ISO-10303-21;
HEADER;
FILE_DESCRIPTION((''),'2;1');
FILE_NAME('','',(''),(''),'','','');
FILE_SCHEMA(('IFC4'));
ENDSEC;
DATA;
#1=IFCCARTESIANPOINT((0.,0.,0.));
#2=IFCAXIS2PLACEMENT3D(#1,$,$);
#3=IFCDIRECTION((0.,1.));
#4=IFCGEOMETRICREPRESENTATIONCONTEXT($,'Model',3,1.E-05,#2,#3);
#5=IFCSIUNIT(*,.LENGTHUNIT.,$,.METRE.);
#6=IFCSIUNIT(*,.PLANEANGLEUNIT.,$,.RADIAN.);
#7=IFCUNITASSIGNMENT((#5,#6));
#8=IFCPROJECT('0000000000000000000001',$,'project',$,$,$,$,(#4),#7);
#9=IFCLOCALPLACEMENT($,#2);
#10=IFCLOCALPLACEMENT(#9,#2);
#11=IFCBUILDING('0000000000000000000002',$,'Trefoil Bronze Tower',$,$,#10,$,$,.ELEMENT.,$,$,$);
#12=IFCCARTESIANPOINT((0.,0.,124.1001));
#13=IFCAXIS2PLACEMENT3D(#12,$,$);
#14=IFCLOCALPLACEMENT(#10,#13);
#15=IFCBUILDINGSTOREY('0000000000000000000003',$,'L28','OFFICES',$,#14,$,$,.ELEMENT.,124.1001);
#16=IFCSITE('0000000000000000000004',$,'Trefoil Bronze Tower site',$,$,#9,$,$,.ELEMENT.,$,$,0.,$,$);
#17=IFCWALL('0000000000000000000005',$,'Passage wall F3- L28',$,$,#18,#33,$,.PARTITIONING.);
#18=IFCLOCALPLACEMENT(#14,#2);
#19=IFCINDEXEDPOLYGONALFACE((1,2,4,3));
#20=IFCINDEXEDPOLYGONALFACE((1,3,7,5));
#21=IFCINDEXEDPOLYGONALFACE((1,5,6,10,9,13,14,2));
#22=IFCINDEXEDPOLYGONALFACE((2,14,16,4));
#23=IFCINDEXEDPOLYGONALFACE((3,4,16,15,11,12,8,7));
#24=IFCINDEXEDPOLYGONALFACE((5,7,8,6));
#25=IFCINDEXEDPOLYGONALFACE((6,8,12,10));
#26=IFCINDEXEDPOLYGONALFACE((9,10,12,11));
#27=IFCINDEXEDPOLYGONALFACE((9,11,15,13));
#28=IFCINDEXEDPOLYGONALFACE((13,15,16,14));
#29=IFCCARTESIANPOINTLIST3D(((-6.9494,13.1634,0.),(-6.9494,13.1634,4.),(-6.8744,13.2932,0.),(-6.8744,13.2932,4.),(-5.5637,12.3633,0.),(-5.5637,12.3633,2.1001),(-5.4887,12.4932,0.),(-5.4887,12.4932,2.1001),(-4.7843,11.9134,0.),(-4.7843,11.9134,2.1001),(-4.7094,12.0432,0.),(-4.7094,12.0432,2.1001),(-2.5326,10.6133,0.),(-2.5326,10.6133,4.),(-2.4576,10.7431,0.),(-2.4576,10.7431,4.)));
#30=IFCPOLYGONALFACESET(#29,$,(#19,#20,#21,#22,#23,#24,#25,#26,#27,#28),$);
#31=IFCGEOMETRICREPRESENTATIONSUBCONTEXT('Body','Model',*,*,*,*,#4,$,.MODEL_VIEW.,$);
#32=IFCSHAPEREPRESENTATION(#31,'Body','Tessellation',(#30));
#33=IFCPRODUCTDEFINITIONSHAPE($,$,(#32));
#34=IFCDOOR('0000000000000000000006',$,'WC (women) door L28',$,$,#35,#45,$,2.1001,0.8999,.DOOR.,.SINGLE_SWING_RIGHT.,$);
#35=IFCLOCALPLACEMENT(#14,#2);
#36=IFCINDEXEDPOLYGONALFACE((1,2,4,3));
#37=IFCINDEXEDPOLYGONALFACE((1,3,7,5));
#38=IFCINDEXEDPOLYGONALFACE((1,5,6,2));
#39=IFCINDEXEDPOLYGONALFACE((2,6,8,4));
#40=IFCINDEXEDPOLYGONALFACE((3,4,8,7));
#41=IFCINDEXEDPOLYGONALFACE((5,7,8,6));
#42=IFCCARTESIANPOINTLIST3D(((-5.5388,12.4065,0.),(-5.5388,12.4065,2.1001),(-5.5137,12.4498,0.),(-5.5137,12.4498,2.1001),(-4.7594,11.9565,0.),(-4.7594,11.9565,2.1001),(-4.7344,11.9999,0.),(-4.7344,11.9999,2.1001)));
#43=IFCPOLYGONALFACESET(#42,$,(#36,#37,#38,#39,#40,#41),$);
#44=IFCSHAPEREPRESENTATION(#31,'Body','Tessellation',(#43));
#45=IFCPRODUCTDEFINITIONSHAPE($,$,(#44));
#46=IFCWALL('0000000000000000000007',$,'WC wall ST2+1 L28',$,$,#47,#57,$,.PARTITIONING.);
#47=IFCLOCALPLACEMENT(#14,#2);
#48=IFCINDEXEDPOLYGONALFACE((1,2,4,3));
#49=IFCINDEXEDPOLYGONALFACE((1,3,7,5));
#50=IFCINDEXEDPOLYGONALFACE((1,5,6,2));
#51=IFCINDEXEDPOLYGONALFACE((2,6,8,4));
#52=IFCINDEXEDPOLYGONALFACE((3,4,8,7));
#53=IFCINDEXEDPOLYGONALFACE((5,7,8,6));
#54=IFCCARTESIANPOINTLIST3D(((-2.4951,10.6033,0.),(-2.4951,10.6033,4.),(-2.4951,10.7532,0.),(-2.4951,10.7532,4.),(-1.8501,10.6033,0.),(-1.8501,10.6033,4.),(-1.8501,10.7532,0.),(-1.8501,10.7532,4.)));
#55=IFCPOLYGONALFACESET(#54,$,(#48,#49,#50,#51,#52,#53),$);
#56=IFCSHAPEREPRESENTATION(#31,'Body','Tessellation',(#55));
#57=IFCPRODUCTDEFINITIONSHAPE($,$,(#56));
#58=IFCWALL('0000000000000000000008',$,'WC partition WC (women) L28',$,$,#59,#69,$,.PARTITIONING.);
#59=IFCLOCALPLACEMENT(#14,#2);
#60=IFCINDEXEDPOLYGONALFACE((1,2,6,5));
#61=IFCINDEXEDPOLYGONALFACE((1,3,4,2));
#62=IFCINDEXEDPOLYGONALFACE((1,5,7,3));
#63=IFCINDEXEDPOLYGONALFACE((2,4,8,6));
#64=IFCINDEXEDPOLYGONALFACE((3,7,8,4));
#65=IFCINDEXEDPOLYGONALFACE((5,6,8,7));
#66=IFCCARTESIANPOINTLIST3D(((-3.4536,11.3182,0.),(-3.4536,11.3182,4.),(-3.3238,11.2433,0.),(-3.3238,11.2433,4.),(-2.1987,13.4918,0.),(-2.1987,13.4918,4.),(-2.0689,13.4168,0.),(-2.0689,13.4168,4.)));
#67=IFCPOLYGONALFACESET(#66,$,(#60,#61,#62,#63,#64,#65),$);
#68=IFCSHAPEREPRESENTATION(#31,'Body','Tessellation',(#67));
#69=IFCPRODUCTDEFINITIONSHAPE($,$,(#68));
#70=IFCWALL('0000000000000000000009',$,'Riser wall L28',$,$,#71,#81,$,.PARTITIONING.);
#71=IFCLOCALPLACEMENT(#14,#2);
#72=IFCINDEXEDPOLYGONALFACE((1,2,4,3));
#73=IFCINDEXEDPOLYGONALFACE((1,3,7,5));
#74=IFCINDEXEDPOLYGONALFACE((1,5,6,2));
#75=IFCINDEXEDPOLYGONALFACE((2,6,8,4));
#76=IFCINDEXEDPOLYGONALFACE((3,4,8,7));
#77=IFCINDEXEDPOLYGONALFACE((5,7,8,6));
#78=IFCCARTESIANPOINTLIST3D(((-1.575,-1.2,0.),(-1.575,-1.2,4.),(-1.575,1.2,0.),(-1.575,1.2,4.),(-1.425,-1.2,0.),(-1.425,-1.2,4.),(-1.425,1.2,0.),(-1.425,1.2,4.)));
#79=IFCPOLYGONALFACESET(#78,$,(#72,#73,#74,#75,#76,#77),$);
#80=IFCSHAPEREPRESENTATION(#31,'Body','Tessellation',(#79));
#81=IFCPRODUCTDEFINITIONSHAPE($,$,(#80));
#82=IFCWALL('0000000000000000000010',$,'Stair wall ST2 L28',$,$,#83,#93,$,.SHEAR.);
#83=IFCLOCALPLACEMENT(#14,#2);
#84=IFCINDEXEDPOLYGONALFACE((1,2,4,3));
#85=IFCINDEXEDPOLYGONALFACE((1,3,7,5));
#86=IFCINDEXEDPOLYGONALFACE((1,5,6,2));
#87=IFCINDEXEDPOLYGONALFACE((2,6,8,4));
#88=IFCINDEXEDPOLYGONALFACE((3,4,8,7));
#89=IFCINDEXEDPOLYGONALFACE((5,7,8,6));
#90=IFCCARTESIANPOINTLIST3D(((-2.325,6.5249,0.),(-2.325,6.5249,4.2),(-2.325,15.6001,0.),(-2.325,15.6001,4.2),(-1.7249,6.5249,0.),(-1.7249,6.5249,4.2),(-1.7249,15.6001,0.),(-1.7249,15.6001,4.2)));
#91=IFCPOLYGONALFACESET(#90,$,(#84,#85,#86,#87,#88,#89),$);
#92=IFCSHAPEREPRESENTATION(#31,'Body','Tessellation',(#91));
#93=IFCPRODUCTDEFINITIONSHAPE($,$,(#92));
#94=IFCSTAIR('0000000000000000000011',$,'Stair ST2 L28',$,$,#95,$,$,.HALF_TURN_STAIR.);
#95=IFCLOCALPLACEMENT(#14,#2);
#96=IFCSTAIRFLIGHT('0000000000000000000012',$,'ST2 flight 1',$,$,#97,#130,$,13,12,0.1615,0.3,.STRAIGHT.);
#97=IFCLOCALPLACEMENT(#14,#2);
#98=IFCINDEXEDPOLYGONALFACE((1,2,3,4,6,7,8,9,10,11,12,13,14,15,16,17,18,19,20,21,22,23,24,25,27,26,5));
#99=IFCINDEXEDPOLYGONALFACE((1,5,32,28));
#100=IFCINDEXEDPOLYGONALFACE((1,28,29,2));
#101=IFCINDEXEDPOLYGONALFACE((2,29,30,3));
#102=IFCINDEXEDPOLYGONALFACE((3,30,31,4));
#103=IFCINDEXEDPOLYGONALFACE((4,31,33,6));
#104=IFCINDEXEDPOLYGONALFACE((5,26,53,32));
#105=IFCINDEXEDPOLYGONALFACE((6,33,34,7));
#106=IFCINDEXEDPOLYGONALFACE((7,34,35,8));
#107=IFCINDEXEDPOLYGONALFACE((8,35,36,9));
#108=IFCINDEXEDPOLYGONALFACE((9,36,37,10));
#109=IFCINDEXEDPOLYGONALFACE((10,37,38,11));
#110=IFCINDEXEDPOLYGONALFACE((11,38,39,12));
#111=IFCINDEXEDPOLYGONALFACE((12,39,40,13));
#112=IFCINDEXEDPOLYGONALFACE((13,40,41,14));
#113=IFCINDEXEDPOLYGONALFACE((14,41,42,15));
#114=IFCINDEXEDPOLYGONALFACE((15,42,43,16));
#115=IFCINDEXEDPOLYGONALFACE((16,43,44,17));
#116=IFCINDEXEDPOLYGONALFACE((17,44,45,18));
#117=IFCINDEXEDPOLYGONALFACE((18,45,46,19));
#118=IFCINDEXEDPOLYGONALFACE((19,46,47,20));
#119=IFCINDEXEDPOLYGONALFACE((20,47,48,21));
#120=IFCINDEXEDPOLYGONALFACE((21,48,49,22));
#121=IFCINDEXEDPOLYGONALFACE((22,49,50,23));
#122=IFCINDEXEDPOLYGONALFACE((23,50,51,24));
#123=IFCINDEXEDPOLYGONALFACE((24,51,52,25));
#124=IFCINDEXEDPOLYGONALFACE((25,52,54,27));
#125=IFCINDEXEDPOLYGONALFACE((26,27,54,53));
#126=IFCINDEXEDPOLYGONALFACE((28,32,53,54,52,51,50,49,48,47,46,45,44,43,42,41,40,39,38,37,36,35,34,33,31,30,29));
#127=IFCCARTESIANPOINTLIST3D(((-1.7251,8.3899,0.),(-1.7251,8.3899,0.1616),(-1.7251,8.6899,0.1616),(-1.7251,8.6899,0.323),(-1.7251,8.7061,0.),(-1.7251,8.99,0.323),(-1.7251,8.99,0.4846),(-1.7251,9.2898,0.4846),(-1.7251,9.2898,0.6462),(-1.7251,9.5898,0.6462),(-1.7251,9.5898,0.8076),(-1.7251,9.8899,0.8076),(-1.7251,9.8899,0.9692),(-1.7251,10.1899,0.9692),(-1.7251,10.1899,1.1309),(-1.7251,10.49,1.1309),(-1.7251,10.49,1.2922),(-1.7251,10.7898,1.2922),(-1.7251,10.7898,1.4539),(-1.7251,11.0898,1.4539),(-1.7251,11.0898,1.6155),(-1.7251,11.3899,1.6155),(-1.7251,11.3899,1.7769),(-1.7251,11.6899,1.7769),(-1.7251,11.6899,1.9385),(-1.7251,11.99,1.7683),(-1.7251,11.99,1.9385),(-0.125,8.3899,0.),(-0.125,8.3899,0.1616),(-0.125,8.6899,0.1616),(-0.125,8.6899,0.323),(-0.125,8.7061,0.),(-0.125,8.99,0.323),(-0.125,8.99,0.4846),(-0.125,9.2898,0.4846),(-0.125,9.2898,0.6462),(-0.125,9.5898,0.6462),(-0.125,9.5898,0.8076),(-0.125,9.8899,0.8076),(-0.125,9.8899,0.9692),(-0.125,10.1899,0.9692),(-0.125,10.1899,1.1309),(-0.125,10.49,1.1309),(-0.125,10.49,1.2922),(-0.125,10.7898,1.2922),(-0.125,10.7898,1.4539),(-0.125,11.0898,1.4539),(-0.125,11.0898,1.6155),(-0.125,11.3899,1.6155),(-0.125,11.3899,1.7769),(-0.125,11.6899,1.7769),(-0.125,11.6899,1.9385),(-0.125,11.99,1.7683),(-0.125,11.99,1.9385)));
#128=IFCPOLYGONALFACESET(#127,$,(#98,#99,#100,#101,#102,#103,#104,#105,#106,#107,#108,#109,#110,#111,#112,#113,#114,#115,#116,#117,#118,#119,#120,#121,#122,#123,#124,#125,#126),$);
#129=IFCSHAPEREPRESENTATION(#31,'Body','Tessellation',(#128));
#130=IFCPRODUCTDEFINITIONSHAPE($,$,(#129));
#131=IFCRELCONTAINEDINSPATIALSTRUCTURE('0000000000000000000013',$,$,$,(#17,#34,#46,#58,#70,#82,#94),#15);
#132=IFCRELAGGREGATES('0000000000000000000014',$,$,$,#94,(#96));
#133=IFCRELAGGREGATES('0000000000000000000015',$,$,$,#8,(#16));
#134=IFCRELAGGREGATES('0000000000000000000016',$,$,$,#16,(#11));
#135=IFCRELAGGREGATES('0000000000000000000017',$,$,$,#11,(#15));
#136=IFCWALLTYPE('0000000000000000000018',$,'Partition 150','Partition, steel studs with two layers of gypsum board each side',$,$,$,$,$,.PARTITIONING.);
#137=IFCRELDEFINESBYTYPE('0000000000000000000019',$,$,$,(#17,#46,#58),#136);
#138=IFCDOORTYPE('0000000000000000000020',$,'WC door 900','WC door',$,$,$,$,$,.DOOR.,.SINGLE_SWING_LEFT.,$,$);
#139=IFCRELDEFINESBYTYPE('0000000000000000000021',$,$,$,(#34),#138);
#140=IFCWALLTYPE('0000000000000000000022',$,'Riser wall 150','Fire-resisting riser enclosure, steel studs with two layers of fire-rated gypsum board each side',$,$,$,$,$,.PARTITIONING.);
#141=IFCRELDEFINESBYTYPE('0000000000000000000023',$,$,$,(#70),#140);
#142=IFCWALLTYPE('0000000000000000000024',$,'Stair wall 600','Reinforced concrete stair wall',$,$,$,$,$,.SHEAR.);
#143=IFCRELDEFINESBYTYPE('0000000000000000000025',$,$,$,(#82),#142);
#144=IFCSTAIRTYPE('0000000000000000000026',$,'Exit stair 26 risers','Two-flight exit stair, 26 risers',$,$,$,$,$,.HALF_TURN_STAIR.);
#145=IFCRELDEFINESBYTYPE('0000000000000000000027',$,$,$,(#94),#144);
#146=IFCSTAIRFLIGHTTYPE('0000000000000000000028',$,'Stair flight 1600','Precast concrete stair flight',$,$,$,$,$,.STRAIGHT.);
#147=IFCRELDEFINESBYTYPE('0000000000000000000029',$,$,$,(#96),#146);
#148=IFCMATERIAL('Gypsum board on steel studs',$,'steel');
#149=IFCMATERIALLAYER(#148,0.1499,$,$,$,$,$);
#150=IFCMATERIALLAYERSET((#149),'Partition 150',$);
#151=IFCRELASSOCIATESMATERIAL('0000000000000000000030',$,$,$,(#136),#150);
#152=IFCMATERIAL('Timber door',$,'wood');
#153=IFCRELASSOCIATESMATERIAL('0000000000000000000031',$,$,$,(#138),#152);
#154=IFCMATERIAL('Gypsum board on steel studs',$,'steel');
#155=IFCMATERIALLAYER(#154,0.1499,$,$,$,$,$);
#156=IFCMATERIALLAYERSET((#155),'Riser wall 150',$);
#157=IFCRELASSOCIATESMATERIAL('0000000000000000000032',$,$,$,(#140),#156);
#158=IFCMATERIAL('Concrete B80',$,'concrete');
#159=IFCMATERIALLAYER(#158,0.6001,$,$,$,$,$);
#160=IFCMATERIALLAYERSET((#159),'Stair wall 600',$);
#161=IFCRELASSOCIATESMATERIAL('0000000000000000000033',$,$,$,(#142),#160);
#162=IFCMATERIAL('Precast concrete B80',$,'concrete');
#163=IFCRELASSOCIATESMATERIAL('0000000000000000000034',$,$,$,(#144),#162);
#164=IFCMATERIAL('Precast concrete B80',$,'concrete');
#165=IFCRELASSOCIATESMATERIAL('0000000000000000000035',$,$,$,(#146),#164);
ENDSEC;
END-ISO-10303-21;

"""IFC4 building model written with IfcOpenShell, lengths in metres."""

from ifc_helpers import new_model, si_unit, direction, frame, frame_2d, origin, place, context, subcontext, project, spatial, polyline, rectangle, outline, extrude, material, layer, layer_set, type_object, element, fill, aggregate, save


model = new_model("IFC4")

# Units and contexts
model_context = context("Model", 3, precision=1e-05, world=origin(), true_north=direction((0.0, 1.0)))
body_context = subcontext(model_context, "Body", "Model", "MODEL_VIEW")
ifc_project = project(units=[si_unit("LENGTHUNIT", "METRE"), si_unit("PLANEANGLEUNIT", "RADIAN")], contexts=[model_context])

# Site, building, storey
site_placement = place(None, origin())
site = spatial("IfcSite", under=ifc_project, at=site_placement, Name="Trefoil Bronze Tower site", CompositionType="ELEMENT", RefElevation=0.0)
building_placement = place(site_placement, origin())
building = spatial("IfcBuilding", under=site, at=building_placement, Name="Trefoil Bronze Tower", CompositionType="ELEMENT")
storey_placement = place(building_placement, frame((0.0, 0.0, 124.1001)))
storey = spatial("IfcBuildingStorey", under=building, at=storey_placement, Name="L28", Description="OFFICES", CompositionType="ELEMENT", Elevation=124.1001)

# Wall, opening, door
ifc_material_1 = material(Name="Gypsum board on steel studs", Category="steel")
ifc_layer_1 = layer(ifc_material_1, 0.1499)
ifc_layer_set_1 = layer_set([ifc_layer_1], Name="Partition 150")
wall_type_1 = type_object("IfcWallType", Name="Partition 150", Description="Partition, steel studs with two layers of gypsum board each side", PredefinedType="PARTITIONING", material=ifc_layer_set_1)
wall_1_placement = place(storey_placement, frame((-2.4951, 10.6782, 0.0), z_axis=(0.0, 0.0, 1.0), x_axis=(-0.866022, 0.500006, 0.0)))
wall_1 = element("IfcWall", 1, at=wall_1_placement, inside=storey, type_object=wall_type_1, Name="Passage wall F3- L28", PredefinedType="PARTITIONING", context=body_context, shape_type="SweptSolid", body=[
    extrude(rectangle(XDim=5.1001, YDim=0.1499, at=frame_2d((2.55, 0.0))), origin(), (0.0, 0.0, 1.0), 4.0),
])
opening_placement = place(wall_1_placement, frame((2.6001, 0.0, 0.0)))
opening = element("IfcOpeningElement", 2, at=opening_placement, cuts=wall_1, PredefinedType="OPENING", context=body_context, shape_type="SweptSolid", body=[
    extrude(rectangle(XDim=0.8999, YDim=2.1001, at=frame_2d((0.45, 1.05))), frame((0.0, 0.085, 0.0), z_axis=(0.0, -1.0, 0.0), x_axis=(1.0, 0.0, 0.0)), (0.0, 0.0, 1.0), 0.1699),
])
ifc_material_2 = material(Name="Timber door", Category="wood")
door_type = type_object("IfcDoorType", Name="WC door 900", Description="WC door", OperationType="SINGLE_SWING_LEFT", PredefinedType="DOOR", material=ifc_material_2)
door_placement = place(opening_placement, frame((0.8999, 0.0, 0.0), z_axis=(0.0, 0.0, 1.0), x_axis=(-1.0, 0.0, 0.0)))
door = element("IfcDoor", 3, at=door_placement, inside=storey, type_object=door_type, Name="WC (women) door L28", OperationType="SINGLE_SWING_RIGHT", OverallHeight=2.1001, OverallWidth=0.8999, PredefinedType="DOOR", context=body_context, shape_type="SweptSolid", body=[
    extrude(rectangle(XDim=0.8999, YDim=2.1001, at=frame_2d((0.45, 1.05))), frame((0.0, 0.0249, 0.0), z_axis=(0.0, -1.0, 0.0), x_axis=(1.0, 0.0, 0.0)), (0.0, 0.0, 1.0), 0.05),
])
fill(opening, door)

# Walls
wall_2_placement = place(storey_placement, frame((-2.4951, 10.6782, 0.0), z_axis=(0.0, 0.0, 1.0), x_axis=(1.0, 0.0, 0.0)))
element("IfcWall", 4, at=wall_2_placement, inside=storey, type_object=wall_type_1, Name="WC wall ST2+1 L28", PredefinedType="PARTITIONING", context=body_context, shape_type="SweptSolid", body=[
    extrude(rectangle(XDim=0.645, YDim=0.1499, at=frame_2d((0.3225, 0.0))), origin(), (0.0, 0.0, 1.0), 4.0),
])
wall_3_placement = place(storey_placement, frame((-3.3887, 11.2808, 0.0), z_axis=(0.0, 0.0, 1.0), x_axis=(0.499989, 0.866032, 0.0)))
element("IfcWall", 5, at=wall_3_placement, inside=storey, type_object=wall_type_1, Name="WC partition WC (women) L28", PredefinedType="PARTITIONING", context=body_context, shape_type="SweptSolid", body=[
    extrude(rectangle(XDim=2.5098, YDim=0.1499, at=frame_2d((1.2549, 0.0))), origin(), (0.0, 0.0, 1.0), 4.0),
])
ifc_material_3 = material(Name="Gypsum board on steel studs", Category="steel")
ifc_layer_2 = layer(ifc_material_3, 0.1499)
ifc_layer_set_2 = layer_set([ifc_layer_2], Name="Riser wall 150")
wall_type_2 = type_object("IfcWallType", Name="Riser wall 150", Description="Fire-resisting riser enclosure, steel studs with two layers of fire-rated gypsum board each side", PredefinedType="PARTITIONING", material=ifc_layer_set_2)
wall_4_placement = place(storey_placement, frame((-1.5, 1.2, 0.0), z_axis=(0.0, 0.0, 1.0), x_axis=(0.0, -1.0, 0.0)))
element("IfcWall", 6, at=wall_4_placement, inside=storey, type_object=wall_type_2, Name="Riser wall L28", PredefinedType="PARTITIONING", context=body_context, shape_type="SweptSolid", body=[
    extrude(rectangle(XDim=2.3999, YDim=0.1499, at=frame_2d((1.2, 0.0))), origin(), (0.0, 0.0, 1.0), 4.0),
])
ifc_material_4 = material(Name="Concrete B80", Category="concrete")
ifc_layer_3 = layer(ifc_material_4, 0.6001)
ifc_layer_set_3 = layer_set([ifc_layer_3], Name="Stair wall 600")
wall_type_3 = type_object("IfcWallType", Name="Stair wall 600", Description="Reinforced concrete stair wall", PredefinedType="SHEAR", material=ifc_layer_set_3)
wall_5_placement = place(storey_placement, frame((-2.0249, 6.5249, 0.0), z_axis=(0.0, 0.0, 1.0), x_axis=(0.0, 1.0, 0.0)))
element("IfcWall", 7, at=wall_5_placement, inside=storey, type_object=wall_type_3, Name="Stair wall ST2 L28", PredefinedType="SHEAR", context=body_context, shape_type="SweptSolid", body=[
    extrude(rectangle(XDim=9.0752, YDim=0.6001, at=frame_2d((4.5376, 0.0))), origin(), (0.0, 0.0, 1.0), 4.2),
])

# Stair, stair flight
ifc_material_5 = material(Name="Precast concrete B80", Category="concrete")
stair_type = type_object("IfcStairType", Name="Exit stair 26 risers", Description="Two-flight exit stair, 26 risers", PredefinedType="HALF_TURN_STAIR", material=ifc_material_5)
stair_placement = place(storey_placement, origin())
stair = element("IfcStair", 8, at=stair_placement, inside=storey, type_object=stair_type, Name="Stair ST2 L28", PredefinedType="HALF_TURN_STAIR")
ifc_material_6 = material(Name="Precast concrete B80", Category="concrete")
stair_flight_type = type_object("IfcStairFlightType", Name="Stair flight 1600", Description="Precast concrete stair flight", PredefinedType="STRAIGHT", material=ifc_material_6)
stair_flight_placement = place(storey_placement, frame((-0.925, 8.3899, 0.0), z_axis=(0.0, 0.0, 1.0), x_axis=(0.0, 1.0, 0.0)))
stair_flight = element("IfcStairFlight", 9, at=stair_flight_placement, type_object=stair_flight_type, Name="ST2 flight 1", NumberOfRisers=13, NumberOfTreads=12, PredefinedType="STRAIGHT", RiserHeight=0.1615, TreadLength=0.3, context=body_context, shape_type="SweptSolid", body=[
    extrude(outline(polyline([(0.0, 0.0), (0.0, 0.1616), (0.3, 0.1616), (0.3, 0.323), (0.6001, 0.323), (0.6001, 0.4846), (0.8999, 0.4846), (0.8999, 0.6462), (1.2, 0.6462), (1.2, 0.8076), (1.5, 0.8076), (1.5, 0.9692), (1.8, 0.9692), (1.8, 1.1309), (2.1001, 1.1309), (2.1001, 1.2922), (2.3999, 1.2922), (2.3999, 1.4539), (2.7, 1.4539), (2.7, 1.6155), (3.0, 1.6155), (3.0, 1.7769), (3.3, 1.7769), (3.3, 1.9385), (3.6001, 1.9385), (3.6001, 2.1001), (3.6001, 1.7683), (0.3162, 0.0), (0.0, 0.0)])), frame((0.0, 0.8, 0.0), z_axis=(0.0, -1.0, 0.0), x_axis=(1.0, 0.0, 0.0)), (0.0, 0.0, 1.0), 1.6001),
])
aggregate(stair, [stair_flight])

save(model, "model.ifc")
